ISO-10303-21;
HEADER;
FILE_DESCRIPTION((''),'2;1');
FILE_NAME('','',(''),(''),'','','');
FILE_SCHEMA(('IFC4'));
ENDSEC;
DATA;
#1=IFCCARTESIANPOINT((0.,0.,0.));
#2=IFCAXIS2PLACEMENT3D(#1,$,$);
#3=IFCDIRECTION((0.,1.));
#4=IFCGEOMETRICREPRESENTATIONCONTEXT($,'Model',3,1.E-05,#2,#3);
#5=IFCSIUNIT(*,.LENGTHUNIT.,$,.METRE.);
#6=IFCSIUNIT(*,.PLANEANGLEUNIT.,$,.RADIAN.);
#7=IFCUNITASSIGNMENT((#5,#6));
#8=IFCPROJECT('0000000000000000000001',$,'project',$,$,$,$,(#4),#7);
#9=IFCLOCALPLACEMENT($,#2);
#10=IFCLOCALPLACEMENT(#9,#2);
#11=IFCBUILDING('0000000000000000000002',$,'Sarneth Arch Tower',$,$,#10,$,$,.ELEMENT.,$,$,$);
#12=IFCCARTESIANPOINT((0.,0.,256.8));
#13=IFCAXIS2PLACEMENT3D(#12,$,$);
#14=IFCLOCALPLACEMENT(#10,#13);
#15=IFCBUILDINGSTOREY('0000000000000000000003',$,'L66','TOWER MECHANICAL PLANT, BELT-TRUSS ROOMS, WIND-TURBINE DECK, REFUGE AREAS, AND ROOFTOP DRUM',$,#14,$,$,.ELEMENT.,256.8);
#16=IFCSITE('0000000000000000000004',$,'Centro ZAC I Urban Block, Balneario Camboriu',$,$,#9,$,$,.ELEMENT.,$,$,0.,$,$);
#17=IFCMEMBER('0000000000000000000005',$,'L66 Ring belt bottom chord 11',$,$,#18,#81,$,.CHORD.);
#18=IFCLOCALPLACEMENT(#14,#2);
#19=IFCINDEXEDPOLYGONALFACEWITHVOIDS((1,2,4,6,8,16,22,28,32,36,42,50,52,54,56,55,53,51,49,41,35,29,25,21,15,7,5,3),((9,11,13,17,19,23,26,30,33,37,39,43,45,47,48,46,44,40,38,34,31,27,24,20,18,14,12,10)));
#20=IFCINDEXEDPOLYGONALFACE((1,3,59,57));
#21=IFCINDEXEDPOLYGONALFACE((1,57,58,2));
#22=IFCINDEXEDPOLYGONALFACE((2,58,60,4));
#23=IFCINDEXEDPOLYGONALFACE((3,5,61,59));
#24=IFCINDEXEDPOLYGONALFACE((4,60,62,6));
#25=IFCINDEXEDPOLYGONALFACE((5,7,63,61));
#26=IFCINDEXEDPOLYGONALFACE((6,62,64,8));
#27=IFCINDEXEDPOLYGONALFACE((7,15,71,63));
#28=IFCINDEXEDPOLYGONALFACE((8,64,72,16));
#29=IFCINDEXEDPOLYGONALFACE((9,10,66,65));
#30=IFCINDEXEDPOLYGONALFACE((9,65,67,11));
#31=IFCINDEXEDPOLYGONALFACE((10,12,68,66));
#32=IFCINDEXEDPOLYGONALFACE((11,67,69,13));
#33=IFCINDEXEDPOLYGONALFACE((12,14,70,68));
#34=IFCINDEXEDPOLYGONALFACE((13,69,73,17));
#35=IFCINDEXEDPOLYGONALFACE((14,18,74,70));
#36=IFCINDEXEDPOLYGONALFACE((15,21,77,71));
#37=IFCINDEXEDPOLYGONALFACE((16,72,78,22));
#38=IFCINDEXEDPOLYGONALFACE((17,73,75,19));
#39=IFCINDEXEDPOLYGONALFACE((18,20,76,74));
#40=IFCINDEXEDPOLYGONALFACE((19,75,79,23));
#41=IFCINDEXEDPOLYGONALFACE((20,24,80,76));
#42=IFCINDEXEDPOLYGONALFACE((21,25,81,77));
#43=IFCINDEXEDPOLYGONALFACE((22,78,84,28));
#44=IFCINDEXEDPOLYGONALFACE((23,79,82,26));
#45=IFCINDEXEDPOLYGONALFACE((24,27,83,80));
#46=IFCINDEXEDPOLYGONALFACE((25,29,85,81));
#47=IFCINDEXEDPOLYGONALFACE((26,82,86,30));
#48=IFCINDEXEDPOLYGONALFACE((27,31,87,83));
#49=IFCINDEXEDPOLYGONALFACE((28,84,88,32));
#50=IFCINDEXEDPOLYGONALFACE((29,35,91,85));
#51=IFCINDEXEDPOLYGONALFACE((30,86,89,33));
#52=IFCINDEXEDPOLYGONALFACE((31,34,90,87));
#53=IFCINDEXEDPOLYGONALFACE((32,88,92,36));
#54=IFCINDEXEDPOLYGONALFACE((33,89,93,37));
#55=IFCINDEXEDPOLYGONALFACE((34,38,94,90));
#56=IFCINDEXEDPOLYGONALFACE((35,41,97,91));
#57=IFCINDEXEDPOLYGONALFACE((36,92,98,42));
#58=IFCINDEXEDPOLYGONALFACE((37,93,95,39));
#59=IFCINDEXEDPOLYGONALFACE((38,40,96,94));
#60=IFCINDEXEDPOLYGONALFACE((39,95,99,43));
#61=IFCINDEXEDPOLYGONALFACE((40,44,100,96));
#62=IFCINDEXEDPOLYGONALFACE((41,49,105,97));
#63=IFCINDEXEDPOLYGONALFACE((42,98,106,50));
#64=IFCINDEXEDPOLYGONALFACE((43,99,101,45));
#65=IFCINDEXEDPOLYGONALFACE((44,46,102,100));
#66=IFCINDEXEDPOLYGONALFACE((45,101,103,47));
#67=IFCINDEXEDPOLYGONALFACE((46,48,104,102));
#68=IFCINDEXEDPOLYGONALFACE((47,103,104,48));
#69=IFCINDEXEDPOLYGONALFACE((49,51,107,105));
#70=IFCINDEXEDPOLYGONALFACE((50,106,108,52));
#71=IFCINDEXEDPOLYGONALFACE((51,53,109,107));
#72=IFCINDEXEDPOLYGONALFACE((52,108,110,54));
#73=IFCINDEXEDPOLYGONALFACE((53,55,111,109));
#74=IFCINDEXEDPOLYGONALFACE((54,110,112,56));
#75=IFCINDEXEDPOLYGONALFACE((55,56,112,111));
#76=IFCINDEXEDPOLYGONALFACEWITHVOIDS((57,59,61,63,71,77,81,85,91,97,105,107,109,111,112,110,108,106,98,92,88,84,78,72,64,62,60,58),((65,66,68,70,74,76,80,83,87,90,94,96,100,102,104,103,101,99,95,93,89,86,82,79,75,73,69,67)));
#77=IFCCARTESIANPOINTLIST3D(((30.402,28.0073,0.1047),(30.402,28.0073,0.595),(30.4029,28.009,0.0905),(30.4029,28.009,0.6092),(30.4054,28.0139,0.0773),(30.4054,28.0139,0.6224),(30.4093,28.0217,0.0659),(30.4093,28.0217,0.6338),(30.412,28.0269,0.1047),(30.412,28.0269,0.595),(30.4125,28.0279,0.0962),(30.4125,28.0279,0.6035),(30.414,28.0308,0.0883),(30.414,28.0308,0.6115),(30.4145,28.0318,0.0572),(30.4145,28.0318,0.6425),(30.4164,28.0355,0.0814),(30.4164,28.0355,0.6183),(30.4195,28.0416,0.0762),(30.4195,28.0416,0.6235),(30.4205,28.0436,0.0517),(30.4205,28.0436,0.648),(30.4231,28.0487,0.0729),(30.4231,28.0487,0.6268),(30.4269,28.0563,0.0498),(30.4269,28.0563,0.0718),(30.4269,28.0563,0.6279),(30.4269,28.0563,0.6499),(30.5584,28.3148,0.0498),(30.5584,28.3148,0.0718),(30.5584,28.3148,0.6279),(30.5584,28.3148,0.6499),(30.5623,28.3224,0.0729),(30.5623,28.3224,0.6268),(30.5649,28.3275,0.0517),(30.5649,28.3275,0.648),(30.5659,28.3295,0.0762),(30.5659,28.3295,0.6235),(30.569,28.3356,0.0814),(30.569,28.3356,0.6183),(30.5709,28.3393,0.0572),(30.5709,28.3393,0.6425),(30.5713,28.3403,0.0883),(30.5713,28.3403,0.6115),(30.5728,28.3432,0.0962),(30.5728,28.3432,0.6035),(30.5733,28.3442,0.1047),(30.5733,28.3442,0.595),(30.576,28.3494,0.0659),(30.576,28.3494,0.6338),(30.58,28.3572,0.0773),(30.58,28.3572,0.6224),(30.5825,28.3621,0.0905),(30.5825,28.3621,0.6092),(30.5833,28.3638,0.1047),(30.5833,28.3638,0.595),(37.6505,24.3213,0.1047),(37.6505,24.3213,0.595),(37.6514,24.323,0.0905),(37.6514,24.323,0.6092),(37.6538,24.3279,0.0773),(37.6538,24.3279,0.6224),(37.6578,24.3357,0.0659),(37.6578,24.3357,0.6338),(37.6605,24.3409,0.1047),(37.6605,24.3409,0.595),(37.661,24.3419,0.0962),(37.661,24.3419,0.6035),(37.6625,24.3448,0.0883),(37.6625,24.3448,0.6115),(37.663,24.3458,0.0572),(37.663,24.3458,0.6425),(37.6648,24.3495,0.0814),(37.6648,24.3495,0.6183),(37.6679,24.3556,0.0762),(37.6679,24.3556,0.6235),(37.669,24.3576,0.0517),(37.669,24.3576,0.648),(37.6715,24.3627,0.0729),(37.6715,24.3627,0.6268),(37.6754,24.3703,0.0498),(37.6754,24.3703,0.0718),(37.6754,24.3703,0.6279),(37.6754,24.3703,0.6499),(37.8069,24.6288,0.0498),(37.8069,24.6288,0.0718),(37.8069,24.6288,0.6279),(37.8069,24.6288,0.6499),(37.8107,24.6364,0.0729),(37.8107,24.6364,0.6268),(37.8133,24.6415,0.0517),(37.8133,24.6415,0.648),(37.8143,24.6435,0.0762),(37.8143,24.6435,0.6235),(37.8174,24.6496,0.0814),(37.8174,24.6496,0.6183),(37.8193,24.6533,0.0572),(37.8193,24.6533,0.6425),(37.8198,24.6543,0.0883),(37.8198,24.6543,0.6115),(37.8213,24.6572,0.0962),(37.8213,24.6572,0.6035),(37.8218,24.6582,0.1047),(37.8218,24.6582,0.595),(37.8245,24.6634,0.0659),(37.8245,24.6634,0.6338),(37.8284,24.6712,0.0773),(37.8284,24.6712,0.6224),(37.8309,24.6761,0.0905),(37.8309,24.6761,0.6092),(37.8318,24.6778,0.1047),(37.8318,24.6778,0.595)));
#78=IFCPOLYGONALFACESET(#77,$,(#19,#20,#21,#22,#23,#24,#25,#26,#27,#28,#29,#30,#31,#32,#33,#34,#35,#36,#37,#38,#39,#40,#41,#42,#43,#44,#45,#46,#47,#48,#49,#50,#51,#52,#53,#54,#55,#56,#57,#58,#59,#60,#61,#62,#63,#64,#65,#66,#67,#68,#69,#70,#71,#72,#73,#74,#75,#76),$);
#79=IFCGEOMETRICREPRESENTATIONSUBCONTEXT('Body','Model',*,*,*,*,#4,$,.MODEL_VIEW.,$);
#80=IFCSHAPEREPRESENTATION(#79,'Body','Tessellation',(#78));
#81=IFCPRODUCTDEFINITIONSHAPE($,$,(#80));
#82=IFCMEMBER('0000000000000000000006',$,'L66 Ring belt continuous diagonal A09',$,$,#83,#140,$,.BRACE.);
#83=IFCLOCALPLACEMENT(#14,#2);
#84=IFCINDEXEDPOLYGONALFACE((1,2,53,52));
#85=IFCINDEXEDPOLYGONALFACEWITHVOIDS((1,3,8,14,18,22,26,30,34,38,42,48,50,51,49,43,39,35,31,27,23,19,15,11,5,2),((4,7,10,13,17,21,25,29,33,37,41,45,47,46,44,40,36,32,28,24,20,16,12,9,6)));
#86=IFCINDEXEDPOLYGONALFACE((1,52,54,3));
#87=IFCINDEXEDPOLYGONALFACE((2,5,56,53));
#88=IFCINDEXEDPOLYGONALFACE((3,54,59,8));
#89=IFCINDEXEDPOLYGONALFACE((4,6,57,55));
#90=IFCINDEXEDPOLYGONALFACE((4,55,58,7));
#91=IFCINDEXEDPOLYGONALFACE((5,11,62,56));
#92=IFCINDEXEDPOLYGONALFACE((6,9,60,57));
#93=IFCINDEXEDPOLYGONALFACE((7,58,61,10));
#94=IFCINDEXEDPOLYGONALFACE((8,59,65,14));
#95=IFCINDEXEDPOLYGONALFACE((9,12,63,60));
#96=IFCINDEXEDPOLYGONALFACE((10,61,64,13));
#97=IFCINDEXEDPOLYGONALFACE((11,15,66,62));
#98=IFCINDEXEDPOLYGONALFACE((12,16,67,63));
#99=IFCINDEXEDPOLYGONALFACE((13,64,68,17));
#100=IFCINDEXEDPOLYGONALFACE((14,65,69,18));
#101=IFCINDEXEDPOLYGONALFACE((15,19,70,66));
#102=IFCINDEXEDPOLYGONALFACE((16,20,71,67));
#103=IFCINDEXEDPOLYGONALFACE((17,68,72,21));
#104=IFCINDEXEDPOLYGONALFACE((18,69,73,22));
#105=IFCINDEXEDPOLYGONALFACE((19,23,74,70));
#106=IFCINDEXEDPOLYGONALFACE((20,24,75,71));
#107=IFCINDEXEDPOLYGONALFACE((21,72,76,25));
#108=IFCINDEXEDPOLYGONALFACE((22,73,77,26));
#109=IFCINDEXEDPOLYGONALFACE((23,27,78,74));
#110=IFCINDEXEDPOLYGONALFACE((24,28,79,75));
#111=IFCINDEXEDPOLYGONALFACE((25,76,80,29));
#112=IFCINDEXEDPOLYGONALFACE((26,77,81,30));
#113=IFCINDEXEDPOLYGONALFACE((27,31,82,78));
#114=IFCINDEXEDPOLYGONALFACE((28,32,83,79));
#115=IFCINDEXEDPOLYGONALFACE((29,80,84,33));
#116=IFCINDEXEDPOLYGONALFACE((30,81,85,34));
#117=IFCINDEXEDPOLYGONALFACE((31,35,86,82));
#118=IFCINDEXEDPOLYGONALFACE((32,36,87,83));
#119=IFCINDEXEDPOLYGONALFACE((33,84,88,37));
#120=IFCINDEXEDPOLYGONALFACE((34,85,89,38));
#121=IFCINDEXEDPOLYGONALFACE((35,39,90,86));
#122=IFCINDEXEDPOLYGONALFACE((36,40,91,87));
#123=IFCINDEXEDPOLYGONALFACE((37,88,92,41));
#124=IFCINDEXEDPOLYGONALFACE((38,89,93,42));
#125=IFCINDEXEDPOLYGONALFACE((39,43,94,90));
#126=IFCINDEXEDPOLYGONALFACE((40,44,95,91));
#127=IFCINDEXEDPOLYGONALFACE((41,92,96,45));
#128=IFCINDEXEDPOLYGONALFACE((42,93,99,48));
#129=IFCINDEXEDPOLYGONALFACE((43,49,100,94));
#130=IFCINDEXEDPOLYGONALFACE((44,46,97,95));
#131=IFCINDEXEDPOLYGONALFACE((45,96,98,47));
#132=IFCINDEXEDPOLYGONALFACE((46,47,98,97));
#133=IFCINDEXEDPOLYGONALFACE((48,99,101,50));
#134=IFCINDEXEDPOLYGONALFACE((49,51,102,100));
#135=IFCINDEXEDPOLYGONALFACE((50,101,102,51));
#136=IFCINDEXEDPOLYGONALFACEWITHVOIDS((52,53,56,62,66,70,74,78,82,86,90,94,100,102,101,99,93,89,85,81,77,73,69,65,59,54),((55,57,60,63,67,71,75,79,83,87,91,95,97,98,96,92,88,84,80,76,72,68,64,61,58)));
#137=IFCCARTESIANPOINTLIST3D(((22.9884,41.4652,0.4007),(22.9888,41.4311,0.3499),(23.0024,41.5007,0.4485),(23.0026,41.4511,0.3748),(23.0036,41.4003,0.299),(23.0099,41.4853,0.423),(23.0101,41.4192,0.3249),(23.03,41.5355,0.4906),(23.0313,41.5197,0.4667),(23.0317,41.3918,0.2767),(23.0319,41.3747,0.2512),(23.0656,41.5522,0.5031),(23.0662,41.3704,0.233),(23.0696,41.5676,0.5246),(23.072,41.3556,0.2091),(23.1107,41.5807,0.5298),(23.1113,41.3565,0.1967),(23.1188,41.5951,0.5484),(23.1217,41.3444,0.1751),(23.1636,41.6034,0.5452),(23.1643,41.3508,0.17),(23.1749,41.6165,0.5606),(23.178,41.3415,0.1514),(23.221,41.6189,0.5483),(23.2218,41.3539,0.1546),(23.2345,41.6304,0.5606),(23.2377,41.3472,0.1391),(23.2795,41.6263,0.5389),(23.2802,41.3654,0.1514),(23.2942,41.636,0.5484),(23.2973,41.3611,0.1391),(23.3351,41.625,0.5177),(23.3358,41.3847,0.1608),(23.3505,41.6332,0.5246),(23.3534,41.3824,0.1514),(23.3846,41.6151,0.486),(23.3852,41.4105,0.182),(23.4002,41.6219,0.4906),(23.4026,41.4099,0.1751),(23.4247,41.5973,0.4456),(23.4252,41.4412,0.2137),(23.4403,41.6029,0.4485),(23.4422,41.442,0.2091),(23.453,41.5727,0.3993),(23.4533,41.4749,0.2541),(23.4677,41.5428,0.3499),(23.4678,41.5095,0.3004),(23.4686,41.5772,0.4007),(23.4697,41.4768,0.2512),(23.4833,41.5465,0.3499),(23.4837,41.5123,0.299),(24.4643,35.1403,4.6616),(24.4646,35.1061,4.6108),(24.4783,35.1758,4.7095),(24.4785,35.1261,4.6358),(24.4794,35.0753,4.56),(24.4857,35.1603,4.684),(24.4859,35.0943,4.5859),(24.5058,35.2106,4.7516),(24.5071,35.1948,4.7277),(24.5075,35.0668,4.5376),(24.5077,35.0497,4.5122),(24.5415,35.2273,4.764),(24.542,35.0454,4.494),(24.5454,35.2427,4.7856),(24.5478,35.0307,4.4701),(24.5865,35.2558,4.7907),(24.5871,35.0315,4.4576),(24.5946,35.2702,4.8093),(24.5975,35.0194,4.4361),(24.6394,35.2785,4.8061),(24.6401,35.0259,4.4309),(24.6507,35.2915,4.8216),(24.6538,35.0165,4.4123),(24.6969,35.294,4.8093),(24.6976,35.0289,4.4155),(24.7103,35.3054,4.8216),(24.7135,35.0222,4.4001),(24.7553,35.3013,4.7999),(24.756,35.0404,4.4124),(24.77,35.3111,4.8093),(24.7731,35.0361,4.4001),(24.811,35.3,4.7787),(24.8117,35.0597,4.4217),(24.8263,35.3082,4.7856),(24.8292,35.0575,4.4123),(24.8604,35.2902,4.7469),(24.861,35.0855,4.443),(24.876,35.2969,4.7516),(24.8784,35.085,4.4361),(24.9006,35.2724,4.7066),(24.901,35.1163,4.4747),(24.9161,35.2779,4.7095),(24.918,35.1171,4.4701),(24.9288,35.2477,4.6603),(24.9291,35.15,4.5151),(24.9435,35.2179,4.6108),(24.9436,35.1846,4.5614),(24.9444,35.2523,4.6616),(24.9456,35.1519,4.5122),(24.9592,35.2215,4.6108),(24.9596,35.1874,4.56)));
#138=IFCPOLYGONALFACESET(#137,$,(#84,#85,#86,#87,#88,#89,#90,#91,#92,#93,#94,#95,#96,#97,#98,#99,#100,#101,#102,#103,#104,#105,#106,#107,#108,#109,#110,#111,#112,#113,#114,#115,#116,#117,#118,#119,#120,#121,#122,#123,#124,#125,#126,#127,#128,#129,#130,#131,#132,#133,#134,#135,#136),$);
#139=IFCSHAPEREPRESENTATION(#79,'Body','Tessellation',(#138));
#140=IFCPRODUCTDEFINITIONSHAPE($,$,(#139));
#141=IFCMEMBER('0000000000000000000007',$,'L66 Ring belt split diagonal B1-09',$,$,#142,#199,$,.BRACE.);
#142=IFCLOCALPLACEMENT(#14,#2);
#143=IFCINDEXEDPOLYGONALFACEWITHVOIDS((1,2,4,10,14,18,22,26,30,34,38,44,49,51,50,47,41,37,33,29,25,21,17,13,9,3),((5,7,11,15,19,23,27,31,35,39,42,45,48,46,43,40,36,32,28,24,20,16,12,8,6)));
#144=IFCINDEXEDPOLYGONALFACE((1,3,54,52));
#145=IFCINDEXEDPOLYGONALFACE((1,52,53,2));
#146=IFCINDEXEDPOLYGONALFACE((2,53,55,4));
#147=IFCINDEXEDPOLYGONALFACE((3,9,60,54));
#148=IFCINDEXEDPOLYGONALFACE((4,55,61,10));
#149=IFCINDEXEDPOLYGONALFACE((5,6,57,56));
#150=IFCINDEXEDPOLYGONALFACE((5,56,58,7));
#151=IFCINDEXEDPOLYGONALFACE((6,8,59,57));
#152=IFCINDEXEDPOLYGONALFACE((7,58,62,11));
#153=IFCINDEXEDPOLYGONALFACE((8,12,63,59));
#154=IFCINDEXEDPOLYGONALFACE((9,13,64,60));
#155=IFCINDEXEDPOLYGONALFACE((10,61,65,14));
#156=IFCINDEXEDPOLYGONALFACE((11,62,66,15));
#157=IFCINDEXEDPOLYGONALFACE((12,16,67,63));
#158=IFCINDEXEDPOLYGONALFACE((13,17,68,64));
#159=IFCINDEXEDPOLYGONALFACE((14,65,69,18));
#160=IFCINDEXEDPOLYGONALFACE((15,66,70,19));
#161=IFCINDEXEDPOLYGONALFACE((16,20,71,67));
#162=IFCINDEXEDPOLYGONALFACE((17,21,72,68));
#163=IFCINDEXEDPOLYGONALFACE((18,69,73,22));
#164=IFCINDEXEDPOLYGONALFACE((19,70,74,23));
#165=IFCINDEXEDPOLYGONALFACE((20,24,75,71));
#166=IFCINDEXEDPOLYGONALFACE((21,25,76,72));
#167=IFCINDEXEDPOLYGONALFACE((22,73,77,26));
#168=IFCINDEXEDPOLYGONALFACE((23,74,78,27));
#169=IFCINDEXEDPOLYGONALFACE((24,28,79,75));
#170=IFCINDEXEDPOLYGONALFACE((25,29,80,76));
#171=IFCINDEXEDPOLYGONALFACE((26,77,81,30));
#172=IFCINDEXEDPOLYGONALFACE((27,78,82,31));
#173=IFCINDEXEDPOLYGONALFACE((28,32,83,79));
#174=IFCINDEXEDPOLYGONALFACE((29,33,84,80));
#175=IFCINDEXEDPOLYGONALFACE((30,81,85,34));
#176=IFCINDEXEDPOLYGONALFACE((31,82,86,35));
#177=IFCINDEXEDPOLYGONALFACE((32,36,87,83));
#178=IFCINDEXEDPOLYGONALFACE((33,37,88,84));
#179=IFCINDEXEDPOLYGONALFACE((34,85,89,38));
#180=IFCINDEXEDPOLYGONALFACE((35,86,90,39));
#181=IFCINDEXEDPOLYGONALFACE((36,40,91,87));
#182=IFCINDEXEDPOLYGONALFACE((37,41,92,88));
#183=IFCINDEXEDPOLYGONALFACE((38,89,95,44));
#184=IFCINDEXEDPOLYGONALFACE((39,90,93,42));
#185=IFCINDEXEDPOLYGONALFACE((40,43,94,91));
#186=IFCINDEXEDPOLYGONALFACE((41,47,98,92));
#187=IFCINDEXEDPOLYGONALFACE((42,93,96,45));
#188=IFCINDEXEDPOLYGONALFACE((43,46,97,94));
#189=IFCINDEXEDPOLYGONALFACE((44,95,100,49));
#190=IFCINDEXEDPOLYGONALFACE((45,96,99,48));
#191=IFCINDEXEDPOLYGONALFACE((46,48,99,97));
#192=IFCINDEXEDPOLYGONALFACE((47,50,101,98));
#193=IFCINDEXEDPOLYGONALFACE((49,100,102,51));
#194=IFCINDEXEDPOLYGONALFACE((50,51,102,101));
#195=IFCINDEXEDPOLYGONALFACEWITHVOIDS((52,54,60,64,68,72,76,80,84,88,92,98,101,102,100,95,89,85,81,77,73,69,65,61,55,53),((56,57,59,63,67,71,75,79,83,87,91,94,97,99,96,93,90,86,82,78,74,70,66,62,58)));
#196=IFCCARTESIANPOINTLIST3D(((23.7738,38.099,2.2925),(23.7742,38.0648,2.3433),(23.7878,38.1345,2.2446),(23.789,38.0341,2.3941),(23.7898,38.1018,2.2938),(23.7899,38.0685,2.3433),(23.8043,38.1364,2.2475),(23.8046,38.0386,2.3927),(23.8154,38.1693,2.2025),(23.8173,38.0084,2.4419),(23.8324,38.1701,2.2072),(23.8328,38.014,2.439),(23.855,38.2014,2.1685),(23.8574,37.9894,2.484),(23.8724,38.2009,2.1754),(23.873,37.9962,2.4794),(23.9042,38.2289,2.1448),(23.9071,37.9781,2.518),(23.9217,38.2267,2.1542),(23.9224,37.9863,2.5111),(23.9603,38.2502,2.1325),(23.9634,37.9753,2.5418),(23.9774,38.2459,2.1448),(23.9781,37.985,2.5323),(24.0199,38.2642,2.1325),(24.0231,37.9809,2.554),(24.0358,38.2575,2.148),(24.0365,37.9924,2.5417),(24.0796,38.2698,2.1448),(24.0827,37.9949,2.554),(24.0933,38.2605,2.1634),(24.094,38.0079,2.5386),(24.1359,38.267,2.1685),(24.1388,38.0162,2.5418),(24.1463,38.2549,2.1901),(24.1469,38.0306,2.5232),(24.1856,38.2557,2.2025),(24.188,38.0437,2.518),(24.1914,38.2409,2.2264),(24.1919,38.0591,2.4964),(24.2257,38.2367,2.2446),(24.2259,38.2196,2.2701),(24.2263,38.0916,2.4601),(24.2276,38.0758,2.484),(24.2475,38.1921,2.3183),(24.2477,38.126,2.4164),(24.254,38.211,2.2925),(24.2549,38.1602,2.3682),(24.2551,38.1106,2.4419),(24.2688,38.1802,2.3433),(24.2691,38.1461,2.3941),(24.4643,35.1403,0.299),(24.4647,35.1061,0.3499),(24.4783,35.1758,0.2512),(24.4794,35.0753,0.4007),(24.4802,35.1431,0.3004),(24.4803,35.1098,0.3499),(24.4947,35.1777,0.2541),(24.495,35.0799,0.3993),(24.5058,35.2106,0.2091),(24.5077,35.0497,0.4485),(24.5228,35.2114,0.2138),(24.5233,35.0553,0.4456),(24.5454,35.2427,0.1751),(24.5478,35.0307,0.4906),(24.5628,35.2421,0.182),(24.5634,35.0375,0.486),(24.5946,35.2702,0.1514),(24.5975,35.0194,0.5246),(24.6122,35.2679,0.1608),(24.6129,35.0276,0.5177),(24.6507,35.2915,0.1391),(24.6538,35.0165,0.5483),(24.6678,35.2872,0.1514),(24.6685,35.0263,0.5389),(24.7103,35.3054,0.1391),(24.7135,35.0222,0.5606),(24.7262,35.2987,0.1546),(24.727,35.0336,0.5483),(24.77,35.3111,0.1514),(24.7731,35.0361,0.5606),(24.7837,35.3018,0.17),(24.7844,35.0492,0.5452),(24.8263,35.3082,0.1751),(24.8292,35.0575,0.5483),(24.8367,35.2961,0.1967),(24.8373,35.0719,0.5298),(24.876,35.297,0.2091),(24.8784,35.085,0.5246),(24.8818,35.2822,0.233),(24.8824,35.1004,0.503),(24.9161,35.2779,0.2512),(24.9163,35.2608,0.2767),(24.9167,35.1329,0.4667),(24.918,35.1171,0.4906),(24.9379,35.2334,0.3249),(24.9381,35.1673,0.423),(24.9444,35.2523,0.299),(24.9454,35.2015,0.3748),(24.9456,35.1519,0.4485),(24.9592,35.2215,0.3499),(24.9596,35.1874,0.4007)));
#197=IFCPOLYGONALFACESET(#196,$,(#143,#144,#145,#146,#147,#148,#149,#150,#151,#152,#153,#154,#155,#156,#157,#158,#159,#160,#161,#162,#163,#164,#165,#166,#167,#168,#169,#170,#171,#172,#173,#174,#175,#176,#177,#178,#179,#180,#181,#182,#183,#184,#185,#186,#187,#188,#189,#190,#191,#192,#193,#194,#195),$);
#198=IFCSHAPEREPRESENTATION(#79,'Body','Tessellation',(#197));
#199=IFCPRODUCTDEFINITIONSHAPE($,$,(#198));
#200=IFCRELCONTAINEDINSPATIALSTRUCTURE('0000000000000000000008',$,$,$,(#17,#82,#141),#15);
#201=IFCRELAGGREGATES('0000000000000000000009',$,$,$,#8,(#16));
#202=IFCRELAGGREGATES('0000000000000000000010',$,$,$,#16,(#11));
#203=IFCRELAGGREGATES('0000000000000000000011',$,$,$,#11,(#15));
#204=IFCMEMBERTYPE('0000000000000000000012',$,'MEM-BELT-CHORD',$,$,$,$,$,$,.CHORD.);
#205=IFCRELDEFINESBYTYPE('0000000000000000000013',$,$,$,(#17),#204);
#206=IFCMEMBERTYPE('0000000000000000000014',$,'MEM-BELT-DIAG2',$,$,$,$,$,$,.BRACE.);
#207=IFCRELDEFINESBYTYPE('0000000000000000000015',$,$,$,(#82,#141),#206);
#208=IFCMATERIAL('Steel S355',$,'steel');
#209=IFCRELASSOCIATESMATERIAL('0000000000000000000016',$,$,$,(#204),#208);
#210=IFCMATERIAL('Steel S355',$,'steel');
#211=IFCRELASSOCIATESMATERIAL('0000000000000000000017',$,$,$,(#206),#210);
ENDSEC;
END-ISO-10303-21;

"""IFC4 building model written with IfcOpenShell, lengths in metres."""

from ifc_helpers import new_model, si_unit, direction, frame, origin, origin_2d, place, context, subcontext, project, spatial, hollow_rectangle, hollow_circle, extrude, material, material_profile, profile_set, type_object, element, save


model = new_model("IFC4")

# Units and contexts
model_context = context("Model", 3, precision=1e-05, world=origin(), true_north=direction((0.0, 1.0)))
body_context = subcontext(model_context, "Body", "Model", "MODEL_VIEW")
ifc_project = project(units=[si_unit("LENGTHUNIT", "METRE"), si_unit("PLANEANGLEUNIT", "RADIAN")], contexts=[model_context])

# Site, building, storey
site_placement = place(None, origin())
site = spatial("IfcSite", under=ifc_project, at=site_placement, Name="Centro ZAC I Urban Block, Balneario Camboriu", CompositionType="ELEMENT", RefElevation=0.0)
building_placement = place(site_placement, origin())
building = spatial("IfcBuilding", under=site, at=building_placement, Name="Sarneth Arch Tower", CompositionType="ELEMENT")
storey_placement = place(building_placement, frame((0.0, 0.0, 256.8)))
storey = spatial("IfcBuildingStorey", under=building, at=storey_placement, Name="L66", Description="TOWER MECHANICAL PLANT, BELT-TRUSS ROOMS, WIND-TURBINE DECK, REFUGE AREAS, AND ROOFTOP DRUM", CompositionType="ELEMENT", Elevation=256.8)

# Members
ifc_material_1 = material(Name="Steel S355", Category="steel")
ifc_material_profile_1 = material_profile(ifc_material_1, hollow_rectangle(XDim=0.3999, YDim=0.6001, WallThickness=0.022, InnerFilletRadius=0.033, OuterFilletRadius=0.0549, at=origin_2d()), Name="RHS600x400x22")
ifc_profile_set_1 = profile_set([ifc_material_profile_1], Name="Steel S355")
member_type_1 = type_object("IfcMemberType", Name="MEM-BELT-CHORD", PredefinedType="CHORD", material=ifc_profile_set_1)
member_1_placement = place(storey_placement, frame((30.4927, 28.1855, 0.3499), z_axis=(0.891368, -0.45328, 0.0), x_axis=(0.45328, 0.891368, 0.0)))
element("IfcMember", 1, at=member_1_placement, inside=storey, type_object=member_type_1, Name="L66 Ring belt bottom chord 11", PredefinedType="CHORD", context=body_context, shape_type="SweptSolid", body=[
    extrude(hollow_rectangle(XDim=0.3999, YDim=0.6001, WallThickness=0.022, InnerFilletRadius=0.033, OuterFilletRadius=0.0549, at=origin_2d()), origin(), (0.0, 0.0, 1.0), 8.1318),
])
ifc_material_2 = material(Name="Steel S355", Category="steel")
ifc_material_profile_2 = material_profile(ifc_material_2, hollow_circle(Radius=0.2539, WallThickness=0.0161, at=origin_2d()), Name="CHS508x16")
ifc_profile_set_2 = profile_set([ifc_material_profile_2], Name="Steel S355")
member_type_2 = type_object("IfcMemberType", Name="MEM-BELT-DIAG2", PredefinedType="BRACE", material=ifc_profile_set_2)
member_2_placement = place(storey_placement, frame((23.2361, 41.4888, 0.3499), z_axis=(0.189993, -0.81425, 0.548543), x_axis=(0.973841, 0.227231, 0.0)))
element("IfcMember", 2, at=member_2_placement, inside=storey, type_object=member_type_2, Name="L66 Ring belt continuous diagonal A09", PredefinedType="BRACE", context=body_context, shape_type="SweptSolid", body=[
    extrude(hollow_circle(Radius=0.2539, WallThickness=0.0161, at=origin_2d()), origin(), (0.0, 0.0, 1.0), 7.7678),
])
for number, where, z_axis, x_axis, name in (
    (3, (24.7119, 35.1638, 0.3499), (-0.190002, 0.814227, 0.548574), (-0.973837, -0.227247, 0.0), "L66 Ring belt split diagonal B1-09"),
):
    element("IfcMember", number, at=place(storey_placement, frame(where, z_axis=z_axis, x_axis=x_axis)), inside=storey, type_object=member_type_2, Name=name, PredefinedType="BRACE", context=body_context, shape_type="SweptSolid", body=[
        extrude(hollow_circle(Radius=0.2539, WallThickness=0.0161, at=origin_2d()), origin(), (0.0, 0.0, 1.0), 3.6338),
    ])

save(model, "model.ifc")
